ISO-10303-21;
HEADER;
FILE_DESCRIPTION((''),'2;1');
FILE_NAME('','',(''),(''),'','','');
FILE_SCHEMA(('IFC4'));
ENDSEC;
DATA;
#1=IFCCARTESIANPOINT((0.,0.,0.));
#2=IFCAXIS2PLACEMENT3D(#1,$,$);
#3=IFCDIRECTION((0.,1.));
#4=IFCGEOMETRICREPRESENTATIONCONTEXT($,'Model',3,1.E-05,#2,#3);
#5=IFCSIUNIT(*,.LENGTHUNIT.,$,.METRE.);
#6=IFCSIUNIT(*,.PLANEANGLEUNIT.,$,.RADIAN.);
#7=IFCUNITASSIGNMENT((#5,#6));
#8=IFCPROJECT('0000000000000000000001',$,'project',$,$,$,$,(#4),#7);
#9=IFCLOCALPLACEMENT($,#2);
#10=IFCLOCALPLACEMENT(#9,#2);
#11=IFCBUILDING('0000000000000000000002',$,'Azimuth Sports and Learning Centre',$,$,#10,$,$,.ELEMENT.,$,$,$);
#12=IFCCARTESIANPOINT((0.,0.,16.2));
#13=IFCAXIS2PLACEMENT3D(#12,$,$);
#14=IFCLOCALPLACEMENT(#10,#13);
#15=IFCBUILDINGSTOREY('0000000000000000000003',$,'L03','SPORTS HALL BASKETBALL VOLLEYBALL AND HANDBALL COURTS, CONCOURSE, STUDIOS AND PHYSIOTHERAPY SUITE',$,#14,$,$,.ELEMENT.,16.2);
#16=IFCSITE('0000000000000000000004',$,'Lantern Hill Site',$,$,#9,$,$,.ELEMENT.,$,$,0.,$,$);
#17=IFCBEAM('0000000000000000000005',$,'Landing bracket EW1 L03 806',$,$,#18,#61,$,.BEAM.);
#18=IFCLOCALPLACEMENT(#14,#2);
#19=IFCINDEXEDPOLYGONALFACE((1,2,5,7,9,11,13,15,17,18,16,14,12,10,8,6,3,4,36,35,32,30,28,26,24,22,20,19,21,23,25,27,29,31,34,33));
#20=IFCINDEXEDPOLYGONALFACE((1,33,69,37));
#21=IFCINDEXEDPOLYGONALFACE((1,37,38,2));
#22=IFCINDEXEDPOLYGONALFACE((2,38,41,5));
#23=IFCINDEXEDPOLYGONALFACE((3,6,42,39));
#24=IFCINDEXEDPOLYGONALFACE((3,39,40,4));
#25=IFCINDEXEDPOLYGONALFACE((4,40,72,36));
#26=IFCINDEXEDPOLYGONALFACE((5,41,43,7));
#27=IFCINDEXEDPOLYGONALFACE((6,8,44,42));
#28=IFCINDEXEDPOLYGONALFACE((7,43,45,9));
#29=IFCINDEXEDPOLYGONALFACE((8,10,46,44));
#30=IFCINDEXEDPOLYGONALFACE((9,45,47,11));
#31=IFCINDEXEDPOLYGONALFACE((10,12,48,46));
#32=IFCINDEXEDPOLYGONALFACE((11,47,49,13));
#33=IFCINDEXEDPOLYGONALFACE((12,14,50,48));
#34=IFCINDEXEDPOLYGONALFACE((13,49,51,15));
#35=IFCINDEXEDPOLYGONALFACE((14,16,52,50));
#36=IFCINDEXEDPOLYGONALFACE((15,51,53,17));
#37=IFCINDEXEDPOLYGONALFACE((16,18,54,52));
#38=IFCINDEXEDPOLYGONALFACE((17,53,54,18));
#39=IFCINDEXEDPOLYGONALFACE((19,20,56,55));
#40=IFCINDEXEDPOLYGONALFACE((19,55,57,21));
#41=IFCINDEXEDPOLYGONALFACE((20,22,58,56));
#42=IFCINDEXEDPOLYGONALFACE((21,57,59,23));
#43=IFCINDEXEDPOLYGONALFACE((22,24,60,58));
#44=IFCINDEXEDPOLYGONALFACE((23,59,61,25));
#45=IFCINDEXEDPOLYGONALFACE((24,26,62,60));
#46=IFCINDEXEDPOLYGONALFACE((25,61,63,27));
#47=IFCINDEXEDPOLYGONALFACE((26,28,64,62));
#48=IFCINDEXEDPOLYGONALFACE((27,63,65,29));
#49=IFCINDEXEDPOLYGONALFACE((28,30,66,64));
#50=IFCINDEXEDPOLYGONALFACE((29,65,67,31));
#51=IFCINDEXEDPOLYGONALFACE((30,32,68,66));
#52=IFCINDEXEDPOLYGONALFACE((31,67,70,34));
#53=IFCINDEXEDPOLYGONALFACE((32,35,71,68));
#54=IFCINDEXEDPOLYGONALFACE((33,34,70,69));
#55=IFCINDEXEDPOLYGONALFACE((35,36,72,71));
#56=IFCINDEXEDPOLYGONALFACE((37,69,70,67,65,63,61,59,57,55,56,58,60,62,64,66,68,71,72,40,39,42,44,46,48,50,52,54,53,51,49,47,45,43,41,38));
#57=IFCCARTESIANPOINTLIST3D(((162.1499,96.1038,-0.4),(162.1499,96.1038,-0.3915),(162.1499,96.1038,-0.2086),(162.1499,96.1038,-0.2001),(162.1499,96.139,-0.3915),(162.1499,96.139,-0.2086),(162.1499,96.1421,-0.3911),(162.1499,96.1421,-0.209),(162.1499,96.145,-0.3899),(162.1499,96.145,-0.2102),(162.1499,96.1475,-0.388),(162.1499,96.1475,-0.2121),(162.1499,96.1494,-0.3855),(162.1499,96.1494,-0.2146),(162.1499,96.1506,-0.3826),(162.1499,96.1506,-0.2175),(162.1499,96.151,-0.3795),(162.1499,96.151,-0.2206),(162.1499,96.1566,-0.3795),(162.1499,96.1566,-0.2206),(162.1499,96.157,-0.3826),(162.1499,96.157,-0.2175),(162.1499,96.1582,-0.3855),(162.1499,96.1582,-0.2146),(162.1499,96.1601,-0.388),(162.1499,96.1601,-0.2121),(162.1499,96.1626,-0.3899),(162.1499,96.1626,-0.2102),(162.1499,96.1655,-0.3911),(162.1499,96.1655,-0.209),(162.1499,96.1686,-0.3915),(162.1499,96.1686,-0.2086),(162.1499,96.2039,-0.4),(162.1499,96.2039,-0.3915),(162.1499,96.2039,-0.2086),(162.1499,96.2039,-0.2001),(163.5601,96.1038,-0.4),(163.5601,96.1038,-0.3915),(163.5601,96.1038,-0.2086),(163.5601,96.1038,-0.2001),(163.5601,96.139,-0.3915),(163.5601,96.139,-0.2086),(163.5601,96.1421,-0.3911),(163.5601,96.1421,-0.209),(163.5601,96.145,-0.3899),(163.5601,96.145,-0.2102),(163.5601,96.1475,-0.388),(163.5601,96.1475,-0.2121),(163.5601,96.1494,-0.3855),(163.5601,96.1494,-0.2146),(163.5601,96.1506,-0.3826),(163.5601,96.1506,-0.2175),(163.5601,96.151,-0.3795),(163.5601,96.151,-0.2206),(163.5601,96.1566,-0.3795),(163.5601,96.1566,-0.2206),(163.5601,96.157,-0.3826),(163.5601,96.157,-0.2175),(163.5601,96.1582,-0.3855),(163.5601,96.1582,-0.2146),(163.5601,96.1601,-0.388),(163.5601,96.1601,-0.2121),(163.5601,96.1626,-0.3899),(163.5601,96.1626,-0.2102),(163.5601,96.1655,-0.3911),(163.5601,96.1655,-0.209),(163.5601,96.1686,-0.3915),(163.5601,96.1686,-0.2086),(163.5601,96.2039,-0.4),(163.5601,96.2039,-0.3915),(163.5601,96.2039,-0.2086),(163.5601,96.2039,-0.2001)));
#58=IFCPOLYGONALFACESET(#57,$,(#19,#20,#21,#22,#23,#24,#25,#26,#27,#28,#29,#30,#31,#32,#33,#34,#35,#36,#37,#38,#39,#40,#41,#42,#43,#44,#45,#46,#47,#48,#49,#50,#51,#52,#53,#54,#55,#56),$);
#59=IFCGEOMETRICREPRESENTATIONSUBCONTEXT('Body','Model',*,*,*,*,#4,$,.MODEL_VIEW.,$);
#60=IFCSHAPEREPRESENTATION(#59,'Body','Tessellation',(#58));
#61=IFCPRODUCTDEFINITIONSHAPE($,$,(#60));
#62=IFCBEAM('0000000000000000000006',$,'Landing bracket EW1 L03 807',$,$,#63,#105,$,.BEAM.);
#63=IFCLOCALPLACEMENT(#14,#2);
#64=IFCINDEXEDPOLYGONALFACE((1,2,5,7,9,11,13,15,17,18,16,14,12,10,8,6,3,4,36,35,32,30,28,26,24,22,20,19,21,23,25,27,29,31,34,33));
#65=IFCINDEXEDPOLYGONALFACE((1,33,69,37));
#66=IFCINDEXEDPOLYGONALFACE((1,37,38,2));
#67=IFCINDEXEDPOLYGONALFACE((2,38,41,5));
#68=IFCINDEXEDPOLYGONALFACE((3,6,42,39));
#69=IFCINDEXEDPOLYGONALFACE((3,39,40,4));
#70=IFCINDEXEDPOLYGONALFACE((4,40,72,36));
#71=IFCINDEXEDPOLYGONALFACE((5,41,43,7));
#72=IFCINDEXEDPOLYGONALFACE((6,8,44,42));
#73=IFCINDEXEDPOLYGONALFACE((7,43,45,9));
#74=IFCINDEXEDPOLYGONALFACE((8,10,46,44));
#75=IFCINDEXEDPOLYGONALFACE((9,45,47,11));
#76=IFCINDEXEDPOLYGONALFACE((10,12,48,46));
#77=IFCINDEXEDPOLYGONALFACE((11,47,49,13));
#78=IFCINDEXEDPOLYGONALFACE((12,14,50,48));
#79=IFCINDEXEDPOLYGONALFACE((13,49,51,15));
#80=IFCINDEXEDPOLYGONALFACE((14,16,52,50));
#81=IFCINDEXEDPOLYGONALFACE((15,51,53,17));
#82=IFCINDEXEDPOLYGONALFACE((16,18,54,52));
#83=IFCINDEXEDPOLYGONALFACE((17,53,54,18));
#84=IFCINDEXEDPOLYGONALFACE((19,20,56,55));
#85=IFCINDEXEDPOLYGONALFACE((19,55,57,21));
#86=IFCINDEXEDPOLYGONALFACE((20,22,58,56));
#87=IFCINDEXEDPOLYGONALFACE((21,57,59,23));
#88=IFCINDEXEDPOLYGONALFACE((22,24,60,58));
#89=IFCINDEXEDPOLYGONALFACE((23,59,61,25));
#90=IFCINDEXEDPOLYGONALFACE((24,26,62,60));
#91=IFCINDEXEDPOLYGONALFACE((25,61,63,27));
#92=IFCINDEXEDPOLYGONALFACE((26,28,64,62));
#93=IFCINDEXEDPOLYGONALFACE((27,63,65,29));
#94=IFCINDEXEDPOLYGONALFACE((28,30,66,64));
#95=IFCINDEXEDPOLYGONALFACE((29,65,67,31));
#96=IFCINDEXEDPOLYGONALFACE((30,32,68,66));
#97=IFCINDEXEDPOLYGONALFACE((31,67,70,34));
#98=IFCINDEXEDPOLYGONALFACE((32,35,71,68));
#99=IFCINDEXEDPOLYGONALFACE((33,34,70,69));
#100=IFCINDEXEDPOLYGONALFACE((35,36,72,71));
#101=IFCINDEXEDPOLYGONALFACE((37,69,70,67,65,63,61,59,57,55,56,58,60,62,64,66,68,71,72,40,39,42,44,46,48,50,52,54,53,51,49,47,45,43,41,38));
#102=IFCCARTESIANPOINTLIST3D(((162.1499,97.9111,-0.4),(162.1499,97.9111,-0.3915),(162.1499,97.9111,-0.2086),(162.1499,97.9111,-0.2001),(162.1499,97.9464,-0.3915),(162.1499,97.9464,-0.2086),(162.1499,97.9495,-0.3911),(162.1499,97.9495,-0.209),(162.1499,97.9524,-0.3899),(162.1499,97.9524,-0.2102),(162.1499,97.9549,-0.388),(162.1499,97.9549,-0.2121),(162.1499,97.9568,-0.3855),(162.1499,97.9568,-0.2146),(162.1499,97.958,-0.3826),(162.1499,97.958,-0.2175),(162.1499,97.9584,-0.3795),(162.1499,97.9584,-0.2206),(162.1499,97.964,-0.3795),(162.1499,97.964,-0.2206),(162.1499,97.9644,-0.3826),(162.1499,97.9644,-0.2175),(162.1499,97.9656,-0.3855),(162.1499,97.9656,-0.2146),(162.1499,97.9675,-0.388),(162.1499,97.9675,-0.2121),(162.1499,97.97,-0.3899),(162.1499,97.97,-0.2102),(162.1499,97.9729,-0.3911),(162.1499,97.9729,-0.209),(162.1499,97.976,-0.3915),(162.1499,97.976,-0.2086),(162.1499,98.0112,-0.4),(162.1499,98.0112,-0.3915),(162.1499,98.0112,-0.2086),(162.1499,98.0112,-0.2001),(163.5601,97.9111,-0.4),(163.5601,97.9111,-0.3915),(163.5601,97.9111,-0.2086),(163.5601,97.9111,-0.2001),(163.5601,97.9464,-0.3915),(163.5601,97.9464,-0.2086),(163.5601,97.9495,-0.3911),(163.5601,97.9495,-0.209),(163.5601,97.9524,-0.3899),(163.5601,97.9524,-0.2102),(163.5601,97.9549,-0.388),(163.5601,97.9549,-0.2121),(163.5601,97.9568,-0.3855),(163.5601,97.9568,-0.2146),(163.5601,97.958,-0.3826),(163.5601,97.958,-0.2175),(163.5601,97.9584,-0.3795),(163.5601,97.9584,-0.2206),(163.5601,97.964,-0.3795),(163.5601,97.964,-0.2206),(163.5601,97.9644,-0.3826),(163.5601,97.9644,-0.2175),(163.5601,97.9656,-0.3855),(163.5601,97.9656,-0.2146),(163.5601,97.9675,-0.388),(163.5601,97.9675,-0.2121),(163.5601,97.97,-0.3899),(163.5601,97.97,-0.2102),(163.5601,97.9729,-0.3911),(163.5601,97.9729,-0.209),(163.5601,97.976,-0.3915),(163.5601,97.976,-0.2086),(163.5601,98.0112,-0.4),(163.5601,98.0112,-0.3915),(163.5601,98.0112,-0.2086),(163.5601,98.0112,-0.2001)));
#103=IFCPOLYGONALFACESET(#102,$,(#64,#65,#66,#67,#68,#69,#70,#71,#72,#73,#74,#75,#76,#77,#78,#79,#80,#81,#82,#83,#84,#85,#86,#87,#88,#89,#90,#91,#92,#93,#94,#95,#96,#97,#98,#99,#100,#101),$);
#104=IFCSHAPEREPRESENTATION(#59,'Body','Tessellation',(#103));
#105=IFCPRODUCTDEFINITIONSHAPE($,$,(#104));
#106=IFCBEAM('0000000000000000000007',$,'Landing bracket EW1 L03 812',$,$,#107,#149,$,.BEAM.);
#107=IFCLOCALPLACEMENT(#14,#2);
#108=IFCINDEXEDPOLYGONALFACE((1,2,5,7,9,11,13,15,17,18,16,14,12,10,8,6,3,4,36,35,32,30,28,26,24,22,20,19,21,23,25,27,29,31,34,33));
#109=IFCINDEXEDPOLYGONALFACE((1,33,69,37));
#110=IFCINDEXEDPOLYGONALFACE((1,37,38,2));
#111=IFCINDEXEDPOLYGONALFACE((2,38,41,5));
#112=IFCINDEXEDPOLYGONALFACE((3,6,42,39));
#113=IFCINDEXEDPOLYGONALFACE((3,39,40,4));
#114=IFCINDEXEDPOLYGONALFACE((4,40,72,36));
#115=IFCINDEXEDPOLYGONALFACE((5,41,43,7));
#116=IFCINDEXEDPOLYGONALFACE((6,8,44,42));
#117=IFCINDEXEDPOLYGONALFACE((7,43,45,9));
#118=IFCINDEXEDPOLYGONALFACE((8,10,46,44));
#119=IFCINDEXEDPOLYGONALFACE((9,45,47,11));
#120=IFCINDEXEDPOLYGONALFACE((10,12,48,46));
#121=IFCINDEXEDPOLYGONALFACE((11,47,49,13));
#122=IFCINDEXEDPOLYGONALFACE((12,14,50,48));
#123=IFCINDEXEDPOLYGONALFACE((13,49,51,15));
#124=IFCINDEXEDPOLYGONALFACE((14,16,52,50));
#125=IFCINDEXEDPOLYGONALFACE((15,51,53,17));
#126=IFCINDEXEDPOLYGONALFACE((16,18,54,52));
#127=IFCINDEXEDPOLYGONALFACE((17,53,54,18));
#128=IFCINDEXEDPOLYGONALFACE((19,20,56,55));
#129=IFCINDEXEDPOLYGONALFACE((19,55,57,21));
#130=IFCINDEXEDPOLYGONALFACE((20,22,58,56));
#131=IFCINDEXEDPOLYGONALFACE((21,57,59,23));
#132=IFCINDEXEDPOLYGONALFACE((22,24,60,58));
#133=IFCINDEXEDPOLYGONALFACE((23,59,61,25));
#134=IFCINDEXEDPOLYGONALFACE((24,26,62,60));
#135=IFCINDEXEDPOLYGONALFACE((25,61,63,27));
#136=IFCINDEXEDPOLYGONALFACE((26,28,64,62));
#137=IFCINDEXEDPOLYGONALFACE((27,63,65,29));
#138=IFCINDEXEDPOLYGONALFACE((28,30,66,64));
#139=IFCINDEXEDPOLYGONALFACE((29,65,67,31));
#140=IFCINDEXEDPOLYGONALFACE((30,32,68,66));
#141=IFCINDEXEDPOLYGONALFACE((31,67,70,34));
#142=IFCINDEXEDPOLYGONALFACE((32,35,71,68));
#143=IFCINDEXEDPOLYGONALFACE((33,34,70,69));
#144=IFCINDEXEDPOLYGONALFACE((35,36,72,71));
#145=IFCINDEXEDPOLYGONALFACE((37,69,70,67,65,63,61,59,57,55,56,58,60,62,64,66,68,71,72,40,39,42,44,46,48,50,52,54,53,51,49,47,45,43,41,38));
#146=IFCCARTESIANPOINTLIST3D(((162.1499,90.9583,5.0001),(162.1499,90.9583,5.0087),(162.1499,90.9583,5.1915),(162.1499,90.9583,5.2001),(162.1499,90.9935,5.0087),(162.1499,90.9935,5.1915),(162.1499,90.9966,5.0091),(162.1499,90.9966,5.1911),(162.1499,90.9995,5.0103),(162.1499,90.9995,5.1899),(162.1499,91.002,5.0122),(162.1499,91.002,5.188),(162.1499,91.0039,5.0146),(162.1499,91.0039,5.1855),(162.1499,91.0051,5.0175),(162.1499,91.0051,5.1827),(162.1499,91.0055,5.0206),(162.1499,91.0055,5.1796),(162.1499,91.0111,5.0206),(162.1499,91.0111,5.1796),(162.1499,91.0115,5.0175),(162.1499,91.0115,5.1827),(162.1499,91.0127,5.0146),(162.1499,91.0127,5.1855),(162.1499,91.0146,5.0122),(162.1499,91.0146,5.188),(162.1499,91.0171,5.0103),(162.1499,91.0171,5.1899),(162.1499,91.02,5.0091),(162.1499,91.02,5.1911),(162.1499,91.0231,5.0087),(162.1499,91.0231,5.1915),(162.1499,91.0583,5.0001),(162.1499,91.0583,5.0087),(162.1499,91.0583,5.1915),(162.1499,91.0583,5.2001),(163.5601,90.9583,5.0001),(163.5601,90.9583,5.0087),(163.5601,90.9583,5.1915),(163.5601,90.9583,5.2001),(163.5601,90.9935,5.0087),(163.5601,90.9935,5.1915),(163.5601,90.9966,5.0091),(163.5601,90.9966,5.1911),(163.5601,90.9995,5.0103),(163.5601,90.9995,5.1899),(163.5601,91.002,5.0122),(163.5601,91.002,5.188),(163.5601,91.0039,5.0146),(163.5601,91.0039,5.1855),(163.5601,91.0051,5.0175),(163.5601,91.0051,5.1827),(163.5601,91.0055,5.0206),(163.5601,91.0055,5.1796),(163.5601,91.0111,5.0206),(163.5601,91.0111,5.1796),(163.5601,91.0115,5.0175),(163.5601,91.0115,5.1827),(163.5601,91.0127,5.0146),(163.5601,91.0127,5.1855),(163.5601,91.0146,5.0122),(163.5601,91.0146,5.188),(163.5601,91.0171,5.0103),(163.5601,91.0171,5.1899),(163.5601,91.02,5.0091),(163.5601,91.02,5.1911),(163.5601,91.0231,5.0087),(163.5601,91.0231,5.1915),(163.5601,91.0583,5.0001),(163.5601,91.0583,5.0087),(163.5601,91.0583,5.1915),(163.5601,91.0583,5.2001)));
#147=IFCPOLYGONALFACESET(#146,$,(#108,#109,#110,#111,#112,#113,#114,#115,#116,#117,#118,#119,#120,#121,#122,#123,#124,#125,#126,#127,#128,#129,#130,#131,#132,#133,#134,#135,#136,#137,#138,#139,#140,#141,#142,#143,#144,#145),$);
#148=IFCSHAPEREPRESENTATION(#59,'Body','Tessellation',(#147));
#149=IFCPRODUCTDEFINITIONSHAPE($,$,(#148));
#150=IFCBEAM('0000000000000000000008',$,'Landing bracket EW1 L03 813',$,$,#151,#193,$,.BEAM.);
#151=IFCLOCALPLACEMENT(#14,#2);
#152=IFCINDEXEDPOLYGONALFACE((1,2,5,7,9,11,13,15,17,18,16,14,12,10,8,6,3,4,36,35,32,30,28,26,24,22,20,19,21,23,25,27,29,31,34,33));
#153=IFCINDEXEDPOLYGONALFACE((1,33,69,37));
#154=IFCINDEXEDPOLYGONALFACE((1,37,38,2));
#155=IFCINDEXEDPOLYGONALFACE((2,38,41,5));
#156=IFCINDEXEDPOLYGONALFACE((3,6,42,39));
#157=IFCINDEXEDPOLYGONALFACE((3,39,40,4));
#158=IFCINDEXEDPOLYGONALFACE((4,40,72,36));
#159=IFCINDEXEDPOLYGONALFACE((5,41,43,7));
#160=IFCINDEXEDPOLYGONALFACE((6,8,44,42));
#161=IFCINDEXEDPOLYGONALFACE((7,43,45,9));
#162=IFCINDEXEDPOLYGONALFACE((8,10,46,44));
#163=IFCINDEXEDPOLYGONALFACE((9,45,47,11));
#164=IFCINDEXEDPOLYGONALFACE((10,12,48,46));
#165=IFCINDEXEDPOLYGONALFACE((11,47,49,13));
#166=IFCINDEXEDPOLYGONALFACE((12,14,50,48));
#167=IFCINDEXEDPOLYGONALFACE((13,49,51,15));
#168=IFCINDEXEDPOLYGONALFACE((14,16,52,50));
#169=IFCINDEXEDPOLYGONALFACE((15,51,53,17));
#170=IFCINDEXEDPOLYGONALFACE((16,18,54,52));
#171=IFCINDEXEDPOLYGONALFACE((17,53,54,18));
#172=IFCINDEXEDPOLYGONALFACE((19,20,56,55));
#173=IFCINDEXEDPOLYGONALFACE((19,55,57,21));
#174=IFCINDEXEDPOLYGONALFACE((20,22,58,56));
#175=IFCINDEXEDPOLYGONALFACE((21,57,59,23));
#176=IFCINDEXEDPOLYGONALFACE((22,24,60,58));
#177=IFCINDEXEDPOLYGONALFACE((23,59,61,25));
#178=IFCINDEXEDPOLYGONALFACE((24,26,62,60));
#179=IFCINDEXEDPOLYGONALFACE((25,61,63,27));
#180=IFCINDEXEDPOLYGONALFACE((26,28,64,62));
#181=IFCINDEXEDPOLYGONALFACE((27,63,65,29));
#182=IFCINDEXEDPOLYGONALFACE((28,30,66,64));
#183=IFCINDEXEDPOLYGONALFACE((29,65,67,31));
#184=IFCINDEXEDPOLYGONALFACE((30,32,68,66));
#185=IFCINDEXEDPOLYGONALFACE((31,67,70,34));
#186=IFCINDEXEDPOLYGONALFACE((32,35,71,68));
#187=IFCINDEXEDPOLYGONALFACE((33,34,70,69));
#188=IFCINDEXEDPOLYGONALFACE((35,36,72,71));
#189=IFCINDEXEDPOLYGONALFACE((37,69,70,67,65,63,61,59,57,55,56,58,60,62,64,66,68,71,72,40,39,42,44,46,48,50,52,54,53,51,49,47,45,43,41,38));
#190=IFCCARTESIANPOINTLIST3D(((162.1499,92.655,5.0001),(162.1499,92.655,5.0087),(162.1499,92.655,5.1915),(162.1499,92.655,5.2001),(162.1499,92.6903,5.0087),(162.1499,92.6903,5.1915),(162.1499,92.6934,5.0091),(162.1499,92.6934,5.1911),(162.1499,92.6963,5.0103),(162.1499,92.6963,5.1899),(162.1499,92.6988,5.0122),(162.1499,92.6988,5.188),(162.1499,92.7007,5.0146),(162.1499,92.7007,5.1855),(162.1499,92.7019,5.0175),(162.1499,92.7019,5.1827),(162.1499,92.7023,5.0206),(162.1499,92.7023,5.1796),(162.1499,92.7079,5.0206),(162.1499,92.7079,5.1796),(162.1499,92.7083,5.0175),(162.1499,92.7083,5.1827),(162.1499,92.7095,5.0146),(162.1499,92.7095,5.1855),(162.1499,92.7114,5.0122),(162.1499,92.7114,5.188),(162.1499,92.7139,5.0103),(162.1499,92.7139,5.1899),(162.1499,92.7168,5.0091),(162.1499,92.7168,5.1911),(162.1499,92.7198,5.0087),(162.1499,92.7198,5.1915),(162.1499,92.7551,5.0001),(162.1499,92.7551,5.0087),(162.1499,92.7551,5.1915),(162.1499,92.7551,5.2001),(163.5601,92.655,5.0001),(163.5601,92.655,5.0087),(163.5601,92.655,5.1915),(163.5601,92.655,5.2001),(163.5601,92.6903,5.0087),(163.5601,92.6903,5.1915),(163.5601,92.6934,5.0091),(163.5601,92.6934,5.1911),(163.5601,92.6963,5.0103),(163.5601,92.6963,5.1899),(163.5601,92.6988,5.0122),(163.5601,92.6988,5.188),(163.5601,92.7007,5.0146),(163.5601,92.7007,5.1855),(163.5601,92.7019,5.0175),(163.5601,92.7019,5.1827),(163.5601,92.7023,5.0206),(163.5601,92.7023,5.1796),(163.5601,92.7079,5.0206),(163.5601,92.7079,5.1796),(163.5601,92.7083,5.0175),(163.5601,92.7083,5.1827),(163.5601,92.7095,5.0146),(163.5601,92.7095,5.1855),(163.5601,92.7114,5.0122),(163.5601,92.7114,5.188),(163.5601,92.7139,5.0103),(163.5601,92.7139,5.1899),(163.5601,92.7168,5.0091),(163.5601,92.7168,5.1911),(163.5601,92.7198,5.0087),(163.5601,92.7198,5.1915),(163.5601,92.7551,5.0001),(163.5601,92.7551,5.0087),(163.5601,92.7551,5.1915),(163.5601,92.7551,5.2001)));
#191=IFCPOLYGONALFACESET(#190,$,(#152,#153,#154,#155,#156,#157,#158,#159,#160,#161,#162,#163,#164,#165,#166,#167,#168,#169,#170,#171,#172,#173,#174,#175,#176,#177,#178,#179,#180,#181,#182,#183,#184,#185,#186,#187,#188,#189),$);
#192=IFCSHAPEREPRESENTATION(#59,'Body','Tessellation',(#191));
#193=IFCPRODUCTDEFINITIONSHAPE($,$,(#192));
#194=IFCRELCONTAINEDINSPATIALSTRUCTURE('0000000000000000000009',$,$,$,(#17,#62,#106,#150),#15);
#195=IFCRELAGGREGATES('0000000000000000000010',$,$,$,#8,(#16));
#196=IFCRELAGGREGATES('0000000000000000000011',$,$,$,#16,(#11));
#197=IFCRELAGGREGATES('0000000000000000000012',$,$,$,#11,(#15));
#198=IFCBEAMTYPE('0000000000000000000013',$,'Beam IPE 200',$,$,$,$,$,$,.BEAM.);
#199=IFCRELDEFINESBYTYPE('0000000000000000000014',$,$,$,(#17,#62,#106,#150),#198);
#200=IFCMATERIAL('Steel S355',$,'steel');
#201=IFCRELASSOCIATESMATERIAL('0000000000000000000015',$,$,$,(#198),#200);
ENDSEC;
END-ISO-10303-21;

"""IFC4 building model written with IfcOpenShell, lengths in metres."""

from ifc_helpers import new_model, si_unit, direction, frame, origin, origin_2d, place, context, subcontext, project, spatial, i_section, extrude, material, material_profile, profile_set, type_object, element, save


model = new_model("IFC4")

# Units and contexts
model_context = context("Model", 3, precision=1e-05, world=origin(), true_north=direction((0.0, 1.0)))
body_context = subcontext(model_context, "Body", "Model", "MODEL_VIEW")
ifc_project = project(units=[si_unit("LENGTHUNIT", "METRE"), si_unit("PLANEANGLEUNIT", "RADIAN")], contexts=[model_context])

# Site, building, storey
site_placement = place(None, origin())
site = spatial("IfcSite", under=ifc_project, at=site_placement, Name="Lantern Hill Site", CompositionType="ELEMENT", RefElevation=0.0)
building_placement = place(site_placement, origin())
building = spatial("IfcBuilding", under=site, at=building_placement, Name="Azimuth Sports and Learning Centre", CompositionType="ELEMENT")
storey_placement = place(building_placement, frame((0.0, 0.0, 16.2)))
storey = spatial("IfcBuildingStorey", under=building, at=storey_placement, Name="L03", Description="SPORTS HALL BASKETBALL VOLLEYBALL AND HANDBALL COURTS, CONCOURSE, STUDIOS AND PHYSIOTHERAPY SUITE", CompositionType="ELEMENT", Elevation=16.2)

# Beams
ifc_material_1 = material(Name="Steel S355", Category="steel")
ifc_material_profile_1 = material_profile(ifc_material_1, i_section(OverallWidth=0.1001, OverallDepth=0.2, WebThickness=0.0056, FlangeThickness=0.0085, FilletRadius=0.012, at=origin_2d()), Name="IPE 200")
ifc_profile_set_1 = profile_set([ifc_material_profile_1], Name="Steel S355")
beam_type_1 = type_object("IfcBeamType", Name="Beam IPE 200", PredefinedType="BEAM", material=ifc_profile_set_1)
for number, where, z_axis, x_axis, name in (
    (1, (162.1499, 96.1538, -0.3), (1.0, 0.0, 0.0), (0.0, 1.0, 0.0), "Landing bracket EW1 L03 806"),
    (2, (162.1499, 97.9612, -0.3), (1.0, 0.0, 0.0), (0.0, 1.0, 0.0), "Landing bracket EW1 L03 807"),
    (3, (162.1499, 91.0083, 5.1001), (1.0, 0.0, 0.0), (0.0, 1.0, 0.0), "Landing bracket EW1 L03 812"),
    (4, (162.1499, 92.7051, 5.1001), (1.0, 0.0, 0.0), (0.0, 1.0, 0.0), "Landing bracket EW1 L03 813"),
):
    element("IfcBeam", number, at=place(storey_placement, frame(where, z_axis=z_axis, x_axis=x_axis)), inside=storey, type_object=beam_type_1, Name=name, PredefinedType="BEAM", context=body_context, shape_type="SweptSolid", body=[
        extrude(i_section(OverallWidth=0.1001, OverallDepth=0.2, WebThickness=0.0056, FlangeThickness=0.0085, FilletRadius=0.012, at=origin_2d()), origin(), (0.0, 0.0, 1.0), 1.4102),
    ])

save(model, "model.ifc")
